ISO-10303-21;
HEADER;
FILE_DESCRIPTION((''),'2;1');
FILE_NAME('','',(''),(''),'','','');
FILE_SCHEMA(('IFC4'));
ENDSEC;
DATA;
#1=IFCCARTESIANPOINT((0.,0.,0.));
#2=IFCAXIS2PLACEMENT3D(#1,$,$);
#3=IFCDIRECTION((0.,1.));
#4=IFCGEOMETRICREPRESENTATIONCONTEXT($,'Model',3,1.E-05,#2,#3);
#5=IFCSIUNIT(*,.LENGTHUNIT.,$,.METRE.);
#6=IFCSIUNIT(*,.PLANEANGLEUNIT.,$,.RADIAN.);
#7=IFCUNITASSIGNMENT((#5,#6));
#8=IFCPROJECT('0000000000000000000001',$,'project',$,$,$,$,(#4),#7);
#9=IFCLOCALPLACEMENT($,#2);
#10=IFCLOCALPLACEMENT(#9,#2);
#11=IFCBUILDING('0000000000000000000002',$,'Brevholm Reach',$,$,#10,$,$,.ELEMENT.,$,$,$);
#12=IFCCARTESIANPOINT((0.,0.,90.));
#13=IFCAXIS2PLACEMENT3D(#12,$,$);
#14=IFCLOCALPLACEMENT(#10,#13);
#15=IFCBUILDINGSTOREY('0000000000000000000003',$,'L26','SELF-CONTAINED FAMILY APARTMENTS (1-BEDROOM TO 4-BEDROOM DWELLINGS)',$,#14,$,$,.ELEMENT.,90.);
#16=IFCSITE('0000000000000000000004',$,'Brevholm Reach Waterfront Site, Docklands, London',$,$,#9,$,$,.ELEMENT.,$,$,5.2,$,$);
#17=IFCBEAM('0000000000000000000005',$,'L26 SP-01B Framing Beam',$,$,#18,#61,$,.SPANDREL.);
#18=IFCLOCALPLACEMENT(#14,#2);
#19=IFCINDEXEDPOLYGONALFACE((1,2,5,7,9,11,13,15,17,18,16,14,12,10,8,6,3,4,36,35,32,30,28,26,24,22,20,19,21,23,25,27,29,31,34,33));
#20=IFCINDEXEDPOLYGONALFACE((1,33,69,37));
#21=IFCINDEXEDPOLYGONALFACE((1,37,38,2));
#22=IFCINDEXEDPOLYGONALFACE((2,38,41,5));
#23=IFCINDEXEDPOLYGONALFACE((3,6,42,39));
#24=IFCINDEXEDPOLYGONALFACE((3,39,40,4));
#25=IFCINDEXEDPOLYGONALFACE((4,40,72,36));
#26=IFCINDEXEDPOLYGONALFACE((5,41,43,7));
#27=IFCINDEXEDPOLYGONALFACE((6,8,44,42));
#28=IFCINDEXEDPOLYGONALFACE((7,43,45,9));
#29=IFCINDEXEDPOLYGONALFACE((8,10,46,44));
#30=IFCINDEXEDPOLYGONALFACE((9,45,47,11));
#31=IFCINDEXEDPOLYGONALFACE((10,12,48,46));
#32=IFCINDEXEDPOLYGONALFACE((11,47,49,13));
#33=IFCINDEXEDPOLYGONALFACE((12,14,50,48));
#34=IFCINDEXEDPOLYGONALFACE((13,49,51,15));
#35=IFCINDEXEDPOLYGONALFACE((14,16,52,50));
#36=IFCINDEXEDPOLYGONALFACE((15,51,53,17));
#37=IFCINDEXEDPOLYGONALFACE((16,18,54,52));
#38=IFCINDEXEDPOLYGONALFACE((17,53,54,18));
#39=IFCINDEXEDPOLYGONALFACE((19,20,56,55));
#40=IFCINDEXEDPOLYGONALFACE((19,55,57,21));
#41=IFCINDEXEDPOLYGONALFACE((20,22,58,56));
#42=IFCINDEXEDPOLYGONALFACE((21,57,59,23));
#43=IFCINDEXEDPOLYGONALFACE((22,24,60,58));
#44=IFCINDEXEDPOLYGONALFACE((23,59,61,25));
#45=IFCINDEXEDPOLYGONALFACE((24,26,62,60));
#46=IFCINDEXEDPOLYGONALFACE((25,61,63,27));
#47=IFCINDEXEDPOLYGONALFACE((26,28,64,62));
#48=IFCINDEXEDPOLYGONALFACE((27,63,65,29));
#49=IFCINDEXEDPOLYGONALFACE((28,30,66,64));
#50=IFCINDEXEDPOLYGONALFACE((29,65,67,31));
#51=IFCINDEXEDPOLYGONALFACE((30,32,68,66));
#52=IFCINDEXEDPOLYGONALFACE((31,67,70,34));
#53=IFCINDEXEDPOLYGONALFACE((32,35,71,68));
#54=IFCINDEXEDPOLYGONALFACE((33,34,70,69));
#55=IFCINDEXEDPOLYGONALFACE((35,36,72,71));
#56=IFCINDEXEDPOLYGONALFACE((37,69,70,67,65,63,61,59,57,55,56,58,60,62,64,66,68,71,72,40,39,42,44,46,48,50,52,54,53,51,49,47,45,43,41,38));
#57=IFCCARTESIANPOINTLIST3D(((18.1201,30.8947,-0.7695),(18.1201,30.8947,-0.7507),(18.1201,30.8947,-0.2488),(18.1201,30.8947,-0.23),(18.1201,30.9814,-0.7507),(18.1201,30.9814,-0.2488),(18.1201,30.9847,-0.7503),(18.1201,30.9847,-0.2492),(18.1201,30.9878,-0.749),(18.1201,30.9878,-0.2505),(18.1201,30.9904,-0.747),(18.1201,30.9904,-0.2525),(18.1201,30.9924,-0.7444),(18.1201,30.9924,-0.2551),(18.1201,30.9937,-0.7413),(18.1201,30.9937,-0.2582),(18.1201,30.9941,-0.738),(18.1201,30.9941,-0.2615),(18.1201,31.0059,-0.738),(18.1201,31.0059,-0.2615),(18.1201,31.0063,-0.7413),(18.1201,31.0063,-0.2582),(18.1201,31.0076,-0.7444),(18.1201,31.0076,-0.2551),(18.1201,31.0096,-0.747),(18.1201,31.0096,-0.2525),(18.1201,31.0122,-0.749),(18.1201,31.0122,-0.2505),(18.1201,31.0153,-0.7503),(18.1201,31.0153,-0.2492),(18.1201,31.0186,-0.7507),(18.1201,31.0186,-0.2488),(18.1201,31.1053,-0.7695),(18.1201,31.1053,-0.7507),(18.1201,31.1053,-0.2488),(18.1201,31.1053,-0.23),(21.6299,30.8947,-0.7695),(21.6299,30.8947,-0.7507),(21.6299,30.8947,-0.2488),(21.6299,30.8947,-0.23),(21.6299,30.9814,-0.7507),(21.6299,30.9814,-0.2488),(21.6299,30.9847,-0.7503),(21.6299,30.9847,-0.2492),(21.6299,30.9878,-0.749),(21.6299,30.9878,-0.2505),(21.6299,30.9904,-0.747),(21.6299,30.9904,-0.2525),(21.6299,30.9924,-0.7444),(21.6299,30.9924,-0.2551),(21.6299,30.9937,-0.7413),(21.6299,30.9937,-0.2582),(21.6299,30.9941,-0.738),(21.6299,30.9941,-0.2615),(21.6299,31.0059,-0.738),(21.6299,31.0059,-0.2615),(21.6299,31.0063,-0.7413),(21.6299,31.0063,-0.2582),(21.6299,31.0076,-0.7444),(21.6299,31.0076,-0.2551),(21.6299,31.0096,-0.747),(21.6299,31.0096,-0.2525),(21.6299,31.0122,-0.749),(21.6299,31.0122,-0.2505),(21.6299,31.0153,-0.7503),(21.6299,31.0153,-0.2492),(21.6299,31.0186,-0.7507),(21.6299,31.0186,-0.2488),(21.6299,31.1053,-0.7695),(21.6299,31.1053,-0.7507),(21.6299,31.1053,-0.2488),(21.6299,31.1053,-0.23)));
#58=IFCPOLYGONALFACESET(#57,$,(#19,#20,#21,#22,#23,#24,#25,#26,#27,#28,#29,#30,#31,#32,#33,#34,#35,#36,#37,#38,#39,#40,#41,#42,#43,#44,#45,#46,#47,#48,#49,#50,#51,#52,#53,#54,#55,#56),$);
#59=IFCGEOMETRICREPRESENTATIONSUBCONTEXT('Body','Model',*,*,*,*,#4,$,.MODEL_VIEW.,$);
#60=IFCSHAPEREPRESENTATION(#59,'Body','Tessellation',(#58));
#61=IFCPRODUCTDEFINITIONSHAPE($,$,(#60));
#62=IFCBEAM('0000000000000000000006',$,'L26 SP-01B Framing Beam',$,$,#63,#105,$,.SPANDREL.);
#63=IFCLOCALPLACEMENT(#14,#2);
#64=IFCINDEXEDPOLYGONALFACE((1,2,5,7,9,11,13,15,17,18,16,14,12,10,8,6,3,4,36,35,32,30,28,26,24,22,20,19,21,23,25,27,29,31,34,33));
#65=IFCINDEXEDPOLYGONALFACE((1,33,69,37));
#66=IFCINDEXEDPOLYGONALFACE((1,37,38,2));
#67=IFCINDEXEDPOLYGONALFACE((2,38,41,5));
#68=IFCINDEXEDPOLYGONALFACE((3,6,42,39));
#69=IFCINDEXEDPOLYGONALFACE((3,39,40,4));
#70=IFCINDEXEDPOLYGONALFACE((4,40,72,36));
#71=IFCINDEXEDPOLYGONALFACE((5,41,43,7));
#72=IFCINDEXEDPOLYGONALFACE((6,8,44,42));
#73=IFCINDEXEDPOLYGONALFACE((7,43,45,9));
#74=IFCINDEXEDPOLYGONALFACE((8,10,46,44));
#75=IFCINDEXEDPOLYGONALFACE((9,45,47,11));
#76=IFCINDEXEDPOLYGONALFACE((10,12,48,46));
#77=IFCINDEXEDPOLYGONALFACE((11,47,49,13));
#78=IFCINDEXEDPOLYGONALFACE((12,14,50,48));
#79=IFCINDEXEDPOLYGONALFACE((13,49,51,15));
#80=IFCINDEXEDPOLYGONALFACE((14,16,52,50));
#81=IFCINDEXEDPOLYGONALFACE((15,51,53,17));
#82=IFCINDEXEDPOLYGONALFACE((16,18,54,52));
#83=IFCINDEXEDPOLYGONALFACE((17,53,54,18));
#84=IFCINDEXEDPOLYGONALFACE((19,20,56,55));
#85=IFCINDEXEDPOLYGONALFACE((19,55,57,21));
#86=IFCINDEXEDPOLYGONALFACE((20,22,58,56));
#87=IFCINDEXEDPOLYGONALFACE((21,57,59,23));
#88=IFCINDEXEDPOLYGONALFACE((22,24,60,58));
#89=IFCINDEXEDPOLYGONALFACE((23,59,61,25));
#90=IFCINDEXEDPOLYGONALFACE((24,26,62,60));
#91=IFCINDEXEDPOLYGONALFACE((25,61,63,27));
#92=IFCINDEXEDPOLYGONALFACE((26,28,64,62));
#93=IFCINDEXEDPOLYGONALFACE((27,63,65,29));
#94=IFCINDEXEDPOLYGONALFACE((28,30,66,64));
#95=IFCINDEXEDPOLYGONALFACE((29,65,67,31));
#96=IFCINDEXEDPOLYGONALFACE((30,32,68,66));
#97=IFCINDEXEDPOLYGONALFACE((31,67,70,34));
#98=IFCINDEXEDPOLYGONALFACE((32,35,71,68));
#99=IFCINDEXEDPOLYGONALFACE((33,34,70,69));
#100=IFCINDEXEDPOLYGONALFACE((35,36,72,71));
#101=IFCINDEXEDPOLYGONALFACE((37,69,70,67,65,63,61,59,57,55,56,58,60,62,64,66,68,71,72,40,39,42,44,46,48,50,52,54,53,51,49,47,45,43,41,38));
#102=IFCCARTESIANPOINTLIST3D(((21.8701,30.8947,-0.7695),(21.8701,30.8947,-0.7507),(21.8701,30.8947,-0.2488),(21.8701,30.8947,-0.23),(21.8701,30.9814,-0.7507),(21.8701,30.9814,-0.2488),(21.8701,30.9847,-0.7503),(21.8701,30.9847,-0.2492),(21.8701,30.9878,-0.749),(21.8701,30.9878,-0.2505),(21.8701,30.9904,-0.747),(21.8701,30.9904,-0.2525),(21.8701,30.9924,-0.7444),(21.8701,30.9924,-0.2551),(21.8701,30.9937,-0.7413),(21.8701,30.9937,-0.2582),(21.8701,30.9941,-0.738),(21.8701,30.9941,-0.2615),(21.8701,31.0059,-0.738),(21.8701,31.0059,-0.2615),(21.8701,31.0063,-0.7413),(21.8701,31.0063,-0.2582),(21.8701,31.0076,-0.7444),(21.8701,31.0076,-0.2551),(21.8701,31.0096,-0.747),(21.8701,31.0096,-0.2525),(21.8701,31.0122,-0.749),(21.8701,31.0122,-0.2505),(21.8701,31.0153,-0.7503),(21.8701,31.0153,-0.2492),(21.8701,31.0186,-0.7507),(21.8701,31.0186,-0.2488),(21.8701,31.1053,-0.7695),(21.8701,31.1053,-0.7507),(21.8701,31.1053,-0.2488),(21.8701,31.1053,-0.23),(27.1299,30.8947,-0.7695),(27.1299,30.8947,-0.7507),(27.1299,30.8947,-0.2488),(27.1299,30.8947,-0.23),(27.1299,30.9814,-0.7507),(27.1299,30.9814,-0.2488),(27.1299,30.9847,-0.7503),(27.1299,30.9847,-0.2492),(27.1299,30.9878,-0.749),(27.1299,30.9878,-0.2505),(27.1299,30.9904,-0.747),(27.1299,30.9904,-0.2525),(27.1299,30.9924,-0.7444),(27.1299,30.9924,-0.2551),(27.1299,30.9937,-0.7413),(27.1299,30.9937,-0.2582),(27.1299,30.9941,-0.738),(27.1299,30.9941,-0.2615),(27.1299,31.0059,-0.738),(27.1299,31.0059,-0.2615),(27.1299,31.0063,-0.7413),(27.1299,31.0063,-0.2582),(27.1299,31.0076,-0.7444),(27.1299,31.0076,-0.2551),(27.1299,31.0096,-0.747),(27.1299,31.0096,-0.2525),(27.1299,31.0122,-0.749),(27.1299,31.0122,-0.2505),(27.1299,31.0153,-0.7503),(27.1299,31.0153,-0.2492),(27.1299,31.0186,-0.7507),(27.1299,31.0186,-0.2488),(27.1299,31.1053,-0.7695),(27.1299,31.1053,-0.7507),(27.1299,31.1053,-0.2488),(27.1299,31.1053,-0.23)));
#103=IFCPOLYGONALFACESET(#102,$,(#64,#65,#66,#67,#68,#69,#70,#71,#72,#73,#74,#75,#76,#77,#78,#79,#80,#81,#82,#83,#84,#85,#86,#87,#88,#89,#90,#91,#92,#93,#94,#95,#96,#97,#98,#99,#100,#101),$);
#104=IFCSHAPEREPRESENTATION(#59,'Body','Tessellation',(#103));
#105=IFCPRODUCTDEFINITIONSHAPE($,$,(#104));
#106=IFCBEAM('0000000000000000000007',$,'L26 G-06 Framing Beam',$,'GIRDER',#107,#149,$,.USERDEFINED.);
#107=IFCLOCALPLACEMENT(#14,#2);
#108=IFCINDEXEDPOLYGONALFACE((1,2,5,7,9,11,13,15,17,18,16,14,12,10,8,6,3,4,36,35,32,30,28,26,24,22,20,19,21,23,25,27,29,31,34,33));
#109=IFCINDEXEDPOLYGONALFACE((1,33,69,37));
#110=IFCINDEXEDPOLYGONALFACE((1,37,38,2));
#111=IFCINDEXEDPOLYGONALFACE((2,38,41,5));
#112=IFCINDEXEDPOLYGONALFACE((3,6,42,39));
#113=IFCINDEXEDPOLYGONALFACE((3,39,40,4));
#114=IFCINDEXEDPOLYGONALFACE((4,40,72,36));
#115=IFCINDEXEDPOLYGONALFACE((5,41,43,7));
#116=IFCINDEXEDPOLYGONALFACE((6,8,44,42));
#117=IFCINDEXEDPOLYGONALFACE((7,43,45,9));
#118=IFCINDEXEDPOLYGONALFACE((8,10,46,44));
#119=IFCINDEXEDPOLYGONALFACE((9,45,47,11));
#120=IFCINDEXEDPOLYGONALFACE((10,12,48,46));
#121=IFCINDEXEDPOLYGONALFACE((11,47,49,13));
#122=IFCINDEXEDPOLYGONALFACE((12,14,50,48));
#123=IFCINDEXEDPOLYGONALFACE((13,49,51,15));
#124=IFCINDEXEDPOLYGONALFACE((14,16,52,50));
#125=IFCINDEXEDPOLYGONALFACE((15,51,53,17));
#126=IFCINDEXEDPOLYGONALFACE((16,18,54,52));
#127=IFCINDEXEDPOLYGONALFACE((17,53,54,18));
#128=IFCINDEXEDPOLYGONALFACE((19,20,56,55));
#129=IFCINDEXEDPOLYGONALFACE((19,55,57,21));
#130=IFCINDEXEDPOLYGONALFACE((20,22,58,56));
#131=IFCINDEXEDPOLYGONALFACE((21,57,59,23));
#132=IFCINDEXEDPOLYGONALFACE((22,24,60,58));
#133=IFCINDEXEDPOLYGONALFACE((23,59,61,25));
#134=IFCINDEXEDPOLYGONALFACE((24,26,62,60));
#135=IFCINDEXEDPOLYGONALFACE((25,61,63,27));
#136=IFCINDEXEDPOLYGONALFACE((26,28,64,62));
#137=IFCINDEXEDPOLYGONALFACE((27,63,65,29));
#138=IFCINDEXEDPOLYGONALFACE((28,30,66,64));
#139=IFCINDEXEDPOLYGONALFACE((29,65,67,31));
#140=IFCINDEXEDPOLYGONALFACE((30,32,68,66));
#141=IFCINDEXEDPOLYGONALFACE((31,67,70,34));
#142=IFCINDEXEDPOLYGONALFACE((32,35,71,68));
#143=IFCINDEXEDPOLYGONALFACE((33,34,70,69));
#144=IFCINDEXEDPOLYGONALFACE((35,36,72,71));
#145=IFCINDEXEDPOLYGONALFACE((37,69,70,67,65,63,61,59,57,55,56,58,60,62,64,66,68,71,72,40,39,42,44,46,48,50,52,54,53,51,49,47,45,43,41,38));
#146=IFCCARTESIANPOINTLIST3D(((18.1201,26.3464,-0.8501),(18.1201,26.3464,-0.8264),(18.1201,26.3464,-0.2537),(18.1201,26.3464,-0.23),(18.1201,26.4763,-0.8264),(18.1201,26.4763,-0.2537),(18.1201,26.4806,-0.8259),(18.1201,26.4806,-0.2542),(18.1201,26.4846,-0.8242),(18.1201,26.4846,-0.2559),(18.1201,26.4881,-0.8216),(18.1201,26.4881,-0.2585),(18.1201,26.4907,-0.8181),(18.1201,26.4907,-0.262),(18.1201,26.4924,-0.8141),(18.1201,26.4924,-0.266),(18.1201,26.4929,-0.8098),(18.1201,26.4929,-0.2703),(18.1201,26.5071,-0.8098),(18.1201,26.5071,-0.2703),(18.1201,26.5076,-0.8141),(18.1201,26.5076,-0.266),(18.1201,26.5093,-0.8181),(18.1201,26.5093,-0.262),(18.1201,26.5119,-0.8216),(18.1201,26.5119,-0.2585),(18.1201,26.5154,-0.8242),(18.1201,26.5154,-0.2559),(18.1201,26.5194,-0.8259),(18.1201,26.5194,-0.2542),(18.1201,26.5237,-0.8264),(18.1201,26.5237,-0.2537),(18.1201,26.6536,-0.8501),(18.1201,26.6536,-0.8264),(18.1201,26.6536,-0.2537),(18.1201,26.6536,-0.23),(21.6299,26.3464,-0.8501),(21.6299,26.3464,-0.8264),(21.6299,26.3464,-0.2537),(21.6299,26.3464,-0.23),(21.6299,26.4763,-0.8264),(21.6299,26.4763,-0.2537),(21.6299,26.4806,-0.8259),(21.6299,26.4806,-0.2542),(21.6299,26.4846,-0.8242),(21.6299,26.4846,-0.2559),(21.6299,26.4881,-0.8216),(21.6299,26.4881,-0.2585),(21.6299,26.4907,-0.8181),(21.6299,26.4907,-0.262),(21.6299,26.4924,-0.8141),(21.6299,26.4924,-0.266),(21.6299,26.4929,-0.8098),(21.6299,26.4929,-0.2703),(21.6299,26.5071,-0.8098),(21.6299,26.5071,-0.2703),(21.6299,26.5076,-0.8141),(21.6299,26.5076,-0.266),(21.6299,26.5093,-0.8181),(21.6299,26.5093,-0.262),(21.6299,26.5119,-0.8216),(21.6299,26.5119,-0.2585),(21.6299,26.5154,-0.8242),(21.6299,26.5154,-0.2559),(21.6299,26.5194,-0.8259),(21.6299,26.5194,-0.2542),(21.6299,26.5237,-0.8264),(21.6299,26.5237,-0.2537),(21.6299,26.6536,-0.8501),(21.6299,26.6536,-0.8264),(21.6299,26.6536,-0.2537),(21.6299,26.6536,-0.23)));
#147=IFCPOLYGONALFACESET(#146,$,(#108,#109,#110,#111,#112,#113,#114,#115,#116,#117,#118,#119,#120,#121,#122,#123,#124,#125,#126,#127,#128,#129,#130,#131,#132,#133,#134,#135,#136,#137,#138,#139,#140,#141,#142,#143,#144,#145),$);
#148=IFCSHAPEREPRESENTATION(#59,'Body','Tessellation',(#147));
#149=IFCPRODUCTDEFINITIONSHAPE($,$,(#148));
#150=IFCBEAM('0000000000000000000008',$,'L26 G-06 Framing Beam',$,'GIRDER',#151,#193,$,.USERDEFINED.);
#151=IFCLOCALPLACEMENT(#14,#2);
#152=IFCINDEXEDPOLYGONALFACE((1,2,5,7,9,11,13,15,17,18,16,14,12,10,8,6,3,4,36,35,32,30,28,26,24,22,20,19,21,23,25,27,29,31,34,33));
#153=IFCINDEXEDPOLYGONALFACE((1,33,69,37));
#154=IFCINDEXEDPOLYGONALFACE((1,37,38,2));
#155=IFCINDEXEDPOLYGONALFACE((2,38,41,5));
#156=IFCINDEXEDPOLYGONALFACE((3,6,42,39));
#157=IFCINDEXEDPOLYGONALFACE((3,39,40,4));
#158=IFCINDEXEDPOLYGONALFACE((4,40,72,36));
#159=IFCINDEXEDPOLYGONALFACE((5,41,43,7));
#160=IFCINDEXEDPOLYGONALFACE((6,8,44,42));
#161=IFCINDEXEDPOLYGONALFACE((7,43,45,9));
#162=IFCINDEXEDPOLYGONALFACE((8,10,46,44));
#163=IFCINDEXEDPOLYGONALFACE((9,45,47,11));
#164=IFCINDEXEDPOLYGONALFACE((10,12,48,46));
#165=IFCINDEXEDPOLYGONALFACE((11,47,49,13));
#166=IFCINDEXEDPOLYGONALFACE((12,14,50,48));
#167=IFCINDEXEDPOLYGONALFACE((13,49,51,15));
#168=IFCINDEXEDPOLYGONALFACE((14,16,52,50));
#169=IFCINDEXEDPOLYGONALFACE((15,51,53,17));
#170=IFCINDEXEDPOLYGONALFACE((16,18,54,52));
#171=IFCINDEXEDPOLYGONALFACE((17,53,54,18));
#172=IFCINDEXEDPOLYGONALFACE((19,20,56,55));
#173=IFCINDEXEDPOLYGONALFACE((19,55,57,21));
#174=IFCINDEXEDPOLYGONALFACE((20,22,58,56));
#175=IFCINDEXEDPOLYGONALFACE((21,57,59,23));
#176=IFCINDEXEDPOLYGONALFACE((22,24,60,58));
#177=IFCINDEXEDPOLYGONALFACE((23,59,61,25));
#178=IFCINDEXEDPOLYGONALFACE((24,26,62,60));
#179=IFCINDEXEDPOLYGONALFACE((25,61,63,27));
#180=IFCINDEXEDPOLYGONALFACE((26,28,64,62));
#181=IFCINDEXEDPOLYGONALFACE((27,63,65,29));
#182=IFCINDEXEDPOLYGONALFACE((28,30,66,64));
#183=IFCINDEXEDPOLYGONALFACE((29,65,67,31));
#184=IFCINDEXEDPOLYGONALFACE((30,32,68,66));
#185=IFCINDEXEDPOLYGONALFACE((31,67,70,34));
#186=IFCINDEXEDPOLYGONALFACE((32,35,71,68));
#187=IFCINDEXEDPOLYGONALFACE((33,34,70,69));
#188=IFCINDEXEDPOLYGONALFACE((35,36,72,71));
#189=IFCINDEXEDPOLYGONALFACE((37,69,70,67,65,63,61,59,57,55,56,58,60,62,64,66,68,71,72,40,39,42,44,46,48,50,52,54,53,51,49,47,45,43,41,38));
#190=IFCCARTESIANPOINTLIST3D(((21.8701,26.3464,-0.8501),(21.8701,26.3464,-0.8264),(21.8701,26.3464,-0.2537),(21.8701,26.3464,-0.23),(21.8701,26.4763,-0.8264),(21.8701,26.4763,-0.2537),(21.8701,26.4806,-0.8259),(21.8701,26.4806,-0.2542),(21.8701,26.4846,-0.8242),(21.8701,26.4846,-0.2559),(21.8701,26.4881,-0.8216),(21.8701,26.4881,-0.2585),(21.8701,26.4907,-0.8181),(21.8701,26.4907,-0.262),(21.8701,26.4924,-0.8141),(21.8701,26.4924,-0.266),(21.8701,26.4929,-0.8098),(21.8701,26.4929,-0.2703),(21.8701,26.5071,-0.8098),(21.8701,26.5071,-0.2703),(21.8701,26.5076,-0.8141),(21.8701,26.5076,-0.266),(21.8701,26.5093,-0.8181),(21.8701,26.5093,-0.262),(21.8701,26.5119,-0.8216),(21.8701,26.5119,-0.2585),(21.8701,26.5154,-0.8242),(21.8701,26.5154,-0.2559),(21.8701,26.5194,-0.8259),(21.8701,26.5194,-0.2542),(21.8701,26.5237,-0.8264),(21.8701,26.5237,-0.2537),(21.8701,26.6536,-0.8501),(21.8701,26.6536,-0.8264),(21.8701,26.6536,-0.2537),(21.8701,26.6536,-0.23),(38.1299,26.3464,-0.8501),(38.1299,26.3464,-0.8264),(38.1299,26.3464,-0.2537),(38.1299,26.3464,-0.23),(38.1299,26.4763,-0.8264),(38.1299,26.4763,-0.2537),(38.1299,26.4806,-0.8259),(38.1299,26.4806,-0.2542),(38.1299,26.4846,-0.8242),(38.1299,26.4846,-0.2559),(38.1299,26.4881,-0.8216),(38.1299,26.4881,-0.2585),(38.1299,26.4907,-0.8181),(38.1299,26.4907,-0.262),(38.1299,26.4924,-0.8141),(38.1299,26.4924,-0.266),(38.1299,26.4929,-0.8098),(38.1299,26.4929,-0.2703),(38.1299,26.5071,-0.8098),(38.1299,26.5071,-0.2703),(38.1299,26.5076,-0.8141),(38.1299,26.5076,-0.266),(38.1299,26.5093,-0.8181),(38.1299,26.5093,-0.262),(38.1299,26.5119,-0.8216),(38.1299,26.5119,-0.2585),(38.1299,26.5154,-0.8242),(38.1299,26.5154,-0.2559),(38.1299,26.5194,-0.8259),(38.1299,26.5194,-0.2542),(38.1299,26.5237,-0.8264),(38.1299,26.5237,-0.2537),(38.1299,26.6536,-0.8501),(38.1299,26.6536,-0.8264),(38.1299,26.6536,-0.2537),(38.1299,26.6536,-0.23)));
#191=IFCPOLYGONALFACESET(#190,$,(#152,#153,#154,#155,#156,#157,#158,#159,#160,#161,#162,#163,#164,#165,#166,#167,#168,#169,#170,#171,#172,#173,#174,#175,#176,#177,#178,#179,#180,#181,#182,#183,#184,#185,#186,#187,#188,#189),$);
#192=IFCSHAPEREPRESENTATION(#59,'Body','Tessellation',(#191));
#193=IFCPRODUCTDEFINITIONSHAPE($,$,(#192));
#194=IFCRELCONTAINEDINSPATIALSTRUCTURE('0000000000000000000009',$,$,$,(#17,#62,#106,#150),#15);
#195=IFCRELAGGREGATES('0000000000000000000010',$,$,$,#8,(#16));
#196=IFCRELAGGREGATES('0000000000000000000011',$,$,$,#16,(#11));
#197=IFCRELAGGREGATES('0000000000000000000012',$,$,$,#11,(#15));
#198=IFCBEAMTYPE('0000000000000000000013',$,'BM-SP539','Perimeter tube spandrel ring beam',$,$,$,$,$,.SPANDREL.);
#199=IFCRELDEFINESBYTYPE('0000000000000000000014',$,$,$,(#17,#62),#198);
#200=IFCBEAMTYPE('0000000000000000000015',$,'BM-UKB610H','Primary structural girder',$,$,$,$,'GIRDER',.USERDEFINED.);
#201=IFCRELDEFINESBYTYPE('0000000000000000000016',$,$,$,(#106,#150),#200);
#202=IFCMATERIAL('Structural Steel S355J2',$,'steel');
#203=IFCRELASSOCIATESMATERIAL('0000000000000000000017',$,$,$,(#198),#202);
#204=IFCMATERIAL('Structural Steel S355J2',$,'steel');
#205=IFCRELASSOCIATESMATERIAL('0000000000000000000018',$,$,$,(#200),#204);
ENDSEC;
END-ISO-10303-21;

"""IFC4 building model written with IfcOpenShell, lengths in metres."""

from ifc_helpers import new_model, si_unit, direction, frame, origin, origin_2d, place, context, subcontext, project, spatial, i_section, extrude, material, material_profile, profile_set, type_object, element, save


model = new_model("IFC4")

# Units and contexts
model_context = context("Model", 3, precision=1e-05, world=origin(), true_north=direction((0.0, 1.0)))
body_context = subcontext(model_context, "Body", "Model", "MODEL_VIEW")
ifc_project = project(units=[si_unit("LENGTHUNIT", "METRE"), si_unit("PLANEANGLEUNIT", "RADIAN")], contexts=[model_context])

# Site, building, storey
site_placement = place(None, origin())
site = spatial("IfcSite", under=ifc_project, at=site_placement, Name="Brevholm Reach Waterfront Site, Docklands, London", CompositionType="ELEMENT", RefElevation=5.2)
building_placement = place(site_placement, origin())
building = spatial("IfcBuilding", under=site, at=building_placement, Name="Brevholm Reach", CompositionType="ELEMENT")
storey_placement = place(building_placement, frame((0.0, 0.0, 90.0)))
storey = spatial("IfcBuildingStorey", under=building, at=storey_placement, Name="L26", Description="SELF-CONTAINED FAMILY APARTMENTS (1-BEDROOM TO 4-BEDROOM DWELLINGS)", CompositionType="ELEMENT", Elevation=90.0)

# Beams
ifc_material_1 = material(Name="Structural Steel S355J2", Category="steel")
ifc_material_profile_1 = material_profile(ifc_material_1, i_section(OverallWidth=0.2107, OverallDepth=0.5396, WebThickness=0.0117, FlangeThickness=0.0188, FilletRadius=0.0127, at=origin_2d()), Name="UKB 533x210x109")
ifc_profile_set_1 = profile_set([ifc_material_profile_1], Name="Structural Steel S355J2")
beam_type_1 = type_object("IfcBeamType", Name="BM-SP539", Description="Perimeter tube spandrel ring beam", PredefinedType="SPANDREL", material=ifc_profile_set_1)
beam_1_placement = place(storey_placement, frame((18.1201, 31.0, -0.4998), z_axis=(1.0, 0.0, 0.0), x_axis=(0.0, 1.0, 0.0)))
element("IfcBeam", 1, at=beam_1_placement, inside=storey, type_object=beam_type_1, Name="L26 SP-01B Framing Beam", PredefinedType="SPANDREL", context=body_context, shape_type="SweptSolid", body=[
    extrude(i_section(OverallWidth=0.2107, OverallDepth=0.5396, WebThickness=0.0117, FlangeThickness=0.0188, FilletRadius=0.0127, at=origin_2d()), origin(), (0.0, 0.0, 1.0), 3.5098),
])
beam_2_placement = place(storey_placement, frame((21.8701, 31.0, -0.4998), z_axis=(1.0, 0.0, 0.0), x_axis=(0.0, 1.0, 0.0)))
element("IfcBeam", 2, at=beam_2_placement, inside=storey, type_object=beam_type_1, Name="L26 SP-01B Framing Beam", PredefinedType="SPANDREL", context=body_context, shape_type="SweptSolid", body=[
    extrude(i_section(OverallWidth=0.2107, OverallDepth=0.5396, WebThickness=0.0117, FlangeThickness=0.0188, FilletRadius=0.0127, at=origin_2d()), origin(), (0.0, 0.0, 1.0), 5.2598),
])
ifc_material_2 = material(Name="Structural Steel S355J2", Category="steel")
ifc_material_profile_2 = material_profile(ifc_material_2, i_section(OverallWidth=0.3071, OverallDepth=0.6201, WebThickness=0.0142, FlangeThickness=0.0237, FilletRadius=0.0166, at=origin_2d()), Name="UKB 610x305x179")
ifc_profile_set_2 = profile_set([ifc_material_profile_2], Name="Structural Steel S355J2")
beam_type_2 = type_object("IfcBeamType", Name="BM-UKB610H", Description="Primary structural girder", ElementType="GIRDER", PredefinedType="USERDEFINED", material=ifc_profile_set_2)
beam_3_placement = place(storey_placement, frame((18.1201, 26.5, -0.54), z_axis=(1.0, 0.0, 0.0), x_axis=(0.0, 1.0, 0.0)))
element("IfcBeam", 3, at=beam_3_placement, inside=storey, type_object=beam_type_2, Name="L26 G-06 Framing Beam", ObjectType="GIRDER", PredefinedType="USERDEFINED", context=body_context, shape_type="SweptSolid", body=[
    extrude(i_section(OverallWidth=0.3071, OverallDepth=0.6201, WebThickness=0.0142, FlangeThickness=0.0237, FilletRadius=0.0166, at=origin_2d()), origin(), (0.0, 0.0, 1.0), 3.5098),
])
beam_4_placement = place(storey_placement, frame((21.8701, 26.5, -0.54), z_axis=(1.0, 0.0, 0.0), x_axis=(0.0, 1.0, 0.0)))
element("IfcBeam", 4, at=beam_4_placement, inside=storey, type_object=beam_type_2, Name="L26 G-06 Framing Beam", ObjectType="GIRDER", PredefinedType="USERDEFINED", context=body_context, shape_type="SweptSolid", body=[
    extrude(i_section(OverallWidth=0.3071, OverallDepth=0.6201, WebThickness=0.0142, FlangeThickness=0.0237, FilletRadius=0.0166, at=origin_2d()), origin(), (0.0, 0.0, 1.0), 16.2598),
])

save(model, "model.ifc")
